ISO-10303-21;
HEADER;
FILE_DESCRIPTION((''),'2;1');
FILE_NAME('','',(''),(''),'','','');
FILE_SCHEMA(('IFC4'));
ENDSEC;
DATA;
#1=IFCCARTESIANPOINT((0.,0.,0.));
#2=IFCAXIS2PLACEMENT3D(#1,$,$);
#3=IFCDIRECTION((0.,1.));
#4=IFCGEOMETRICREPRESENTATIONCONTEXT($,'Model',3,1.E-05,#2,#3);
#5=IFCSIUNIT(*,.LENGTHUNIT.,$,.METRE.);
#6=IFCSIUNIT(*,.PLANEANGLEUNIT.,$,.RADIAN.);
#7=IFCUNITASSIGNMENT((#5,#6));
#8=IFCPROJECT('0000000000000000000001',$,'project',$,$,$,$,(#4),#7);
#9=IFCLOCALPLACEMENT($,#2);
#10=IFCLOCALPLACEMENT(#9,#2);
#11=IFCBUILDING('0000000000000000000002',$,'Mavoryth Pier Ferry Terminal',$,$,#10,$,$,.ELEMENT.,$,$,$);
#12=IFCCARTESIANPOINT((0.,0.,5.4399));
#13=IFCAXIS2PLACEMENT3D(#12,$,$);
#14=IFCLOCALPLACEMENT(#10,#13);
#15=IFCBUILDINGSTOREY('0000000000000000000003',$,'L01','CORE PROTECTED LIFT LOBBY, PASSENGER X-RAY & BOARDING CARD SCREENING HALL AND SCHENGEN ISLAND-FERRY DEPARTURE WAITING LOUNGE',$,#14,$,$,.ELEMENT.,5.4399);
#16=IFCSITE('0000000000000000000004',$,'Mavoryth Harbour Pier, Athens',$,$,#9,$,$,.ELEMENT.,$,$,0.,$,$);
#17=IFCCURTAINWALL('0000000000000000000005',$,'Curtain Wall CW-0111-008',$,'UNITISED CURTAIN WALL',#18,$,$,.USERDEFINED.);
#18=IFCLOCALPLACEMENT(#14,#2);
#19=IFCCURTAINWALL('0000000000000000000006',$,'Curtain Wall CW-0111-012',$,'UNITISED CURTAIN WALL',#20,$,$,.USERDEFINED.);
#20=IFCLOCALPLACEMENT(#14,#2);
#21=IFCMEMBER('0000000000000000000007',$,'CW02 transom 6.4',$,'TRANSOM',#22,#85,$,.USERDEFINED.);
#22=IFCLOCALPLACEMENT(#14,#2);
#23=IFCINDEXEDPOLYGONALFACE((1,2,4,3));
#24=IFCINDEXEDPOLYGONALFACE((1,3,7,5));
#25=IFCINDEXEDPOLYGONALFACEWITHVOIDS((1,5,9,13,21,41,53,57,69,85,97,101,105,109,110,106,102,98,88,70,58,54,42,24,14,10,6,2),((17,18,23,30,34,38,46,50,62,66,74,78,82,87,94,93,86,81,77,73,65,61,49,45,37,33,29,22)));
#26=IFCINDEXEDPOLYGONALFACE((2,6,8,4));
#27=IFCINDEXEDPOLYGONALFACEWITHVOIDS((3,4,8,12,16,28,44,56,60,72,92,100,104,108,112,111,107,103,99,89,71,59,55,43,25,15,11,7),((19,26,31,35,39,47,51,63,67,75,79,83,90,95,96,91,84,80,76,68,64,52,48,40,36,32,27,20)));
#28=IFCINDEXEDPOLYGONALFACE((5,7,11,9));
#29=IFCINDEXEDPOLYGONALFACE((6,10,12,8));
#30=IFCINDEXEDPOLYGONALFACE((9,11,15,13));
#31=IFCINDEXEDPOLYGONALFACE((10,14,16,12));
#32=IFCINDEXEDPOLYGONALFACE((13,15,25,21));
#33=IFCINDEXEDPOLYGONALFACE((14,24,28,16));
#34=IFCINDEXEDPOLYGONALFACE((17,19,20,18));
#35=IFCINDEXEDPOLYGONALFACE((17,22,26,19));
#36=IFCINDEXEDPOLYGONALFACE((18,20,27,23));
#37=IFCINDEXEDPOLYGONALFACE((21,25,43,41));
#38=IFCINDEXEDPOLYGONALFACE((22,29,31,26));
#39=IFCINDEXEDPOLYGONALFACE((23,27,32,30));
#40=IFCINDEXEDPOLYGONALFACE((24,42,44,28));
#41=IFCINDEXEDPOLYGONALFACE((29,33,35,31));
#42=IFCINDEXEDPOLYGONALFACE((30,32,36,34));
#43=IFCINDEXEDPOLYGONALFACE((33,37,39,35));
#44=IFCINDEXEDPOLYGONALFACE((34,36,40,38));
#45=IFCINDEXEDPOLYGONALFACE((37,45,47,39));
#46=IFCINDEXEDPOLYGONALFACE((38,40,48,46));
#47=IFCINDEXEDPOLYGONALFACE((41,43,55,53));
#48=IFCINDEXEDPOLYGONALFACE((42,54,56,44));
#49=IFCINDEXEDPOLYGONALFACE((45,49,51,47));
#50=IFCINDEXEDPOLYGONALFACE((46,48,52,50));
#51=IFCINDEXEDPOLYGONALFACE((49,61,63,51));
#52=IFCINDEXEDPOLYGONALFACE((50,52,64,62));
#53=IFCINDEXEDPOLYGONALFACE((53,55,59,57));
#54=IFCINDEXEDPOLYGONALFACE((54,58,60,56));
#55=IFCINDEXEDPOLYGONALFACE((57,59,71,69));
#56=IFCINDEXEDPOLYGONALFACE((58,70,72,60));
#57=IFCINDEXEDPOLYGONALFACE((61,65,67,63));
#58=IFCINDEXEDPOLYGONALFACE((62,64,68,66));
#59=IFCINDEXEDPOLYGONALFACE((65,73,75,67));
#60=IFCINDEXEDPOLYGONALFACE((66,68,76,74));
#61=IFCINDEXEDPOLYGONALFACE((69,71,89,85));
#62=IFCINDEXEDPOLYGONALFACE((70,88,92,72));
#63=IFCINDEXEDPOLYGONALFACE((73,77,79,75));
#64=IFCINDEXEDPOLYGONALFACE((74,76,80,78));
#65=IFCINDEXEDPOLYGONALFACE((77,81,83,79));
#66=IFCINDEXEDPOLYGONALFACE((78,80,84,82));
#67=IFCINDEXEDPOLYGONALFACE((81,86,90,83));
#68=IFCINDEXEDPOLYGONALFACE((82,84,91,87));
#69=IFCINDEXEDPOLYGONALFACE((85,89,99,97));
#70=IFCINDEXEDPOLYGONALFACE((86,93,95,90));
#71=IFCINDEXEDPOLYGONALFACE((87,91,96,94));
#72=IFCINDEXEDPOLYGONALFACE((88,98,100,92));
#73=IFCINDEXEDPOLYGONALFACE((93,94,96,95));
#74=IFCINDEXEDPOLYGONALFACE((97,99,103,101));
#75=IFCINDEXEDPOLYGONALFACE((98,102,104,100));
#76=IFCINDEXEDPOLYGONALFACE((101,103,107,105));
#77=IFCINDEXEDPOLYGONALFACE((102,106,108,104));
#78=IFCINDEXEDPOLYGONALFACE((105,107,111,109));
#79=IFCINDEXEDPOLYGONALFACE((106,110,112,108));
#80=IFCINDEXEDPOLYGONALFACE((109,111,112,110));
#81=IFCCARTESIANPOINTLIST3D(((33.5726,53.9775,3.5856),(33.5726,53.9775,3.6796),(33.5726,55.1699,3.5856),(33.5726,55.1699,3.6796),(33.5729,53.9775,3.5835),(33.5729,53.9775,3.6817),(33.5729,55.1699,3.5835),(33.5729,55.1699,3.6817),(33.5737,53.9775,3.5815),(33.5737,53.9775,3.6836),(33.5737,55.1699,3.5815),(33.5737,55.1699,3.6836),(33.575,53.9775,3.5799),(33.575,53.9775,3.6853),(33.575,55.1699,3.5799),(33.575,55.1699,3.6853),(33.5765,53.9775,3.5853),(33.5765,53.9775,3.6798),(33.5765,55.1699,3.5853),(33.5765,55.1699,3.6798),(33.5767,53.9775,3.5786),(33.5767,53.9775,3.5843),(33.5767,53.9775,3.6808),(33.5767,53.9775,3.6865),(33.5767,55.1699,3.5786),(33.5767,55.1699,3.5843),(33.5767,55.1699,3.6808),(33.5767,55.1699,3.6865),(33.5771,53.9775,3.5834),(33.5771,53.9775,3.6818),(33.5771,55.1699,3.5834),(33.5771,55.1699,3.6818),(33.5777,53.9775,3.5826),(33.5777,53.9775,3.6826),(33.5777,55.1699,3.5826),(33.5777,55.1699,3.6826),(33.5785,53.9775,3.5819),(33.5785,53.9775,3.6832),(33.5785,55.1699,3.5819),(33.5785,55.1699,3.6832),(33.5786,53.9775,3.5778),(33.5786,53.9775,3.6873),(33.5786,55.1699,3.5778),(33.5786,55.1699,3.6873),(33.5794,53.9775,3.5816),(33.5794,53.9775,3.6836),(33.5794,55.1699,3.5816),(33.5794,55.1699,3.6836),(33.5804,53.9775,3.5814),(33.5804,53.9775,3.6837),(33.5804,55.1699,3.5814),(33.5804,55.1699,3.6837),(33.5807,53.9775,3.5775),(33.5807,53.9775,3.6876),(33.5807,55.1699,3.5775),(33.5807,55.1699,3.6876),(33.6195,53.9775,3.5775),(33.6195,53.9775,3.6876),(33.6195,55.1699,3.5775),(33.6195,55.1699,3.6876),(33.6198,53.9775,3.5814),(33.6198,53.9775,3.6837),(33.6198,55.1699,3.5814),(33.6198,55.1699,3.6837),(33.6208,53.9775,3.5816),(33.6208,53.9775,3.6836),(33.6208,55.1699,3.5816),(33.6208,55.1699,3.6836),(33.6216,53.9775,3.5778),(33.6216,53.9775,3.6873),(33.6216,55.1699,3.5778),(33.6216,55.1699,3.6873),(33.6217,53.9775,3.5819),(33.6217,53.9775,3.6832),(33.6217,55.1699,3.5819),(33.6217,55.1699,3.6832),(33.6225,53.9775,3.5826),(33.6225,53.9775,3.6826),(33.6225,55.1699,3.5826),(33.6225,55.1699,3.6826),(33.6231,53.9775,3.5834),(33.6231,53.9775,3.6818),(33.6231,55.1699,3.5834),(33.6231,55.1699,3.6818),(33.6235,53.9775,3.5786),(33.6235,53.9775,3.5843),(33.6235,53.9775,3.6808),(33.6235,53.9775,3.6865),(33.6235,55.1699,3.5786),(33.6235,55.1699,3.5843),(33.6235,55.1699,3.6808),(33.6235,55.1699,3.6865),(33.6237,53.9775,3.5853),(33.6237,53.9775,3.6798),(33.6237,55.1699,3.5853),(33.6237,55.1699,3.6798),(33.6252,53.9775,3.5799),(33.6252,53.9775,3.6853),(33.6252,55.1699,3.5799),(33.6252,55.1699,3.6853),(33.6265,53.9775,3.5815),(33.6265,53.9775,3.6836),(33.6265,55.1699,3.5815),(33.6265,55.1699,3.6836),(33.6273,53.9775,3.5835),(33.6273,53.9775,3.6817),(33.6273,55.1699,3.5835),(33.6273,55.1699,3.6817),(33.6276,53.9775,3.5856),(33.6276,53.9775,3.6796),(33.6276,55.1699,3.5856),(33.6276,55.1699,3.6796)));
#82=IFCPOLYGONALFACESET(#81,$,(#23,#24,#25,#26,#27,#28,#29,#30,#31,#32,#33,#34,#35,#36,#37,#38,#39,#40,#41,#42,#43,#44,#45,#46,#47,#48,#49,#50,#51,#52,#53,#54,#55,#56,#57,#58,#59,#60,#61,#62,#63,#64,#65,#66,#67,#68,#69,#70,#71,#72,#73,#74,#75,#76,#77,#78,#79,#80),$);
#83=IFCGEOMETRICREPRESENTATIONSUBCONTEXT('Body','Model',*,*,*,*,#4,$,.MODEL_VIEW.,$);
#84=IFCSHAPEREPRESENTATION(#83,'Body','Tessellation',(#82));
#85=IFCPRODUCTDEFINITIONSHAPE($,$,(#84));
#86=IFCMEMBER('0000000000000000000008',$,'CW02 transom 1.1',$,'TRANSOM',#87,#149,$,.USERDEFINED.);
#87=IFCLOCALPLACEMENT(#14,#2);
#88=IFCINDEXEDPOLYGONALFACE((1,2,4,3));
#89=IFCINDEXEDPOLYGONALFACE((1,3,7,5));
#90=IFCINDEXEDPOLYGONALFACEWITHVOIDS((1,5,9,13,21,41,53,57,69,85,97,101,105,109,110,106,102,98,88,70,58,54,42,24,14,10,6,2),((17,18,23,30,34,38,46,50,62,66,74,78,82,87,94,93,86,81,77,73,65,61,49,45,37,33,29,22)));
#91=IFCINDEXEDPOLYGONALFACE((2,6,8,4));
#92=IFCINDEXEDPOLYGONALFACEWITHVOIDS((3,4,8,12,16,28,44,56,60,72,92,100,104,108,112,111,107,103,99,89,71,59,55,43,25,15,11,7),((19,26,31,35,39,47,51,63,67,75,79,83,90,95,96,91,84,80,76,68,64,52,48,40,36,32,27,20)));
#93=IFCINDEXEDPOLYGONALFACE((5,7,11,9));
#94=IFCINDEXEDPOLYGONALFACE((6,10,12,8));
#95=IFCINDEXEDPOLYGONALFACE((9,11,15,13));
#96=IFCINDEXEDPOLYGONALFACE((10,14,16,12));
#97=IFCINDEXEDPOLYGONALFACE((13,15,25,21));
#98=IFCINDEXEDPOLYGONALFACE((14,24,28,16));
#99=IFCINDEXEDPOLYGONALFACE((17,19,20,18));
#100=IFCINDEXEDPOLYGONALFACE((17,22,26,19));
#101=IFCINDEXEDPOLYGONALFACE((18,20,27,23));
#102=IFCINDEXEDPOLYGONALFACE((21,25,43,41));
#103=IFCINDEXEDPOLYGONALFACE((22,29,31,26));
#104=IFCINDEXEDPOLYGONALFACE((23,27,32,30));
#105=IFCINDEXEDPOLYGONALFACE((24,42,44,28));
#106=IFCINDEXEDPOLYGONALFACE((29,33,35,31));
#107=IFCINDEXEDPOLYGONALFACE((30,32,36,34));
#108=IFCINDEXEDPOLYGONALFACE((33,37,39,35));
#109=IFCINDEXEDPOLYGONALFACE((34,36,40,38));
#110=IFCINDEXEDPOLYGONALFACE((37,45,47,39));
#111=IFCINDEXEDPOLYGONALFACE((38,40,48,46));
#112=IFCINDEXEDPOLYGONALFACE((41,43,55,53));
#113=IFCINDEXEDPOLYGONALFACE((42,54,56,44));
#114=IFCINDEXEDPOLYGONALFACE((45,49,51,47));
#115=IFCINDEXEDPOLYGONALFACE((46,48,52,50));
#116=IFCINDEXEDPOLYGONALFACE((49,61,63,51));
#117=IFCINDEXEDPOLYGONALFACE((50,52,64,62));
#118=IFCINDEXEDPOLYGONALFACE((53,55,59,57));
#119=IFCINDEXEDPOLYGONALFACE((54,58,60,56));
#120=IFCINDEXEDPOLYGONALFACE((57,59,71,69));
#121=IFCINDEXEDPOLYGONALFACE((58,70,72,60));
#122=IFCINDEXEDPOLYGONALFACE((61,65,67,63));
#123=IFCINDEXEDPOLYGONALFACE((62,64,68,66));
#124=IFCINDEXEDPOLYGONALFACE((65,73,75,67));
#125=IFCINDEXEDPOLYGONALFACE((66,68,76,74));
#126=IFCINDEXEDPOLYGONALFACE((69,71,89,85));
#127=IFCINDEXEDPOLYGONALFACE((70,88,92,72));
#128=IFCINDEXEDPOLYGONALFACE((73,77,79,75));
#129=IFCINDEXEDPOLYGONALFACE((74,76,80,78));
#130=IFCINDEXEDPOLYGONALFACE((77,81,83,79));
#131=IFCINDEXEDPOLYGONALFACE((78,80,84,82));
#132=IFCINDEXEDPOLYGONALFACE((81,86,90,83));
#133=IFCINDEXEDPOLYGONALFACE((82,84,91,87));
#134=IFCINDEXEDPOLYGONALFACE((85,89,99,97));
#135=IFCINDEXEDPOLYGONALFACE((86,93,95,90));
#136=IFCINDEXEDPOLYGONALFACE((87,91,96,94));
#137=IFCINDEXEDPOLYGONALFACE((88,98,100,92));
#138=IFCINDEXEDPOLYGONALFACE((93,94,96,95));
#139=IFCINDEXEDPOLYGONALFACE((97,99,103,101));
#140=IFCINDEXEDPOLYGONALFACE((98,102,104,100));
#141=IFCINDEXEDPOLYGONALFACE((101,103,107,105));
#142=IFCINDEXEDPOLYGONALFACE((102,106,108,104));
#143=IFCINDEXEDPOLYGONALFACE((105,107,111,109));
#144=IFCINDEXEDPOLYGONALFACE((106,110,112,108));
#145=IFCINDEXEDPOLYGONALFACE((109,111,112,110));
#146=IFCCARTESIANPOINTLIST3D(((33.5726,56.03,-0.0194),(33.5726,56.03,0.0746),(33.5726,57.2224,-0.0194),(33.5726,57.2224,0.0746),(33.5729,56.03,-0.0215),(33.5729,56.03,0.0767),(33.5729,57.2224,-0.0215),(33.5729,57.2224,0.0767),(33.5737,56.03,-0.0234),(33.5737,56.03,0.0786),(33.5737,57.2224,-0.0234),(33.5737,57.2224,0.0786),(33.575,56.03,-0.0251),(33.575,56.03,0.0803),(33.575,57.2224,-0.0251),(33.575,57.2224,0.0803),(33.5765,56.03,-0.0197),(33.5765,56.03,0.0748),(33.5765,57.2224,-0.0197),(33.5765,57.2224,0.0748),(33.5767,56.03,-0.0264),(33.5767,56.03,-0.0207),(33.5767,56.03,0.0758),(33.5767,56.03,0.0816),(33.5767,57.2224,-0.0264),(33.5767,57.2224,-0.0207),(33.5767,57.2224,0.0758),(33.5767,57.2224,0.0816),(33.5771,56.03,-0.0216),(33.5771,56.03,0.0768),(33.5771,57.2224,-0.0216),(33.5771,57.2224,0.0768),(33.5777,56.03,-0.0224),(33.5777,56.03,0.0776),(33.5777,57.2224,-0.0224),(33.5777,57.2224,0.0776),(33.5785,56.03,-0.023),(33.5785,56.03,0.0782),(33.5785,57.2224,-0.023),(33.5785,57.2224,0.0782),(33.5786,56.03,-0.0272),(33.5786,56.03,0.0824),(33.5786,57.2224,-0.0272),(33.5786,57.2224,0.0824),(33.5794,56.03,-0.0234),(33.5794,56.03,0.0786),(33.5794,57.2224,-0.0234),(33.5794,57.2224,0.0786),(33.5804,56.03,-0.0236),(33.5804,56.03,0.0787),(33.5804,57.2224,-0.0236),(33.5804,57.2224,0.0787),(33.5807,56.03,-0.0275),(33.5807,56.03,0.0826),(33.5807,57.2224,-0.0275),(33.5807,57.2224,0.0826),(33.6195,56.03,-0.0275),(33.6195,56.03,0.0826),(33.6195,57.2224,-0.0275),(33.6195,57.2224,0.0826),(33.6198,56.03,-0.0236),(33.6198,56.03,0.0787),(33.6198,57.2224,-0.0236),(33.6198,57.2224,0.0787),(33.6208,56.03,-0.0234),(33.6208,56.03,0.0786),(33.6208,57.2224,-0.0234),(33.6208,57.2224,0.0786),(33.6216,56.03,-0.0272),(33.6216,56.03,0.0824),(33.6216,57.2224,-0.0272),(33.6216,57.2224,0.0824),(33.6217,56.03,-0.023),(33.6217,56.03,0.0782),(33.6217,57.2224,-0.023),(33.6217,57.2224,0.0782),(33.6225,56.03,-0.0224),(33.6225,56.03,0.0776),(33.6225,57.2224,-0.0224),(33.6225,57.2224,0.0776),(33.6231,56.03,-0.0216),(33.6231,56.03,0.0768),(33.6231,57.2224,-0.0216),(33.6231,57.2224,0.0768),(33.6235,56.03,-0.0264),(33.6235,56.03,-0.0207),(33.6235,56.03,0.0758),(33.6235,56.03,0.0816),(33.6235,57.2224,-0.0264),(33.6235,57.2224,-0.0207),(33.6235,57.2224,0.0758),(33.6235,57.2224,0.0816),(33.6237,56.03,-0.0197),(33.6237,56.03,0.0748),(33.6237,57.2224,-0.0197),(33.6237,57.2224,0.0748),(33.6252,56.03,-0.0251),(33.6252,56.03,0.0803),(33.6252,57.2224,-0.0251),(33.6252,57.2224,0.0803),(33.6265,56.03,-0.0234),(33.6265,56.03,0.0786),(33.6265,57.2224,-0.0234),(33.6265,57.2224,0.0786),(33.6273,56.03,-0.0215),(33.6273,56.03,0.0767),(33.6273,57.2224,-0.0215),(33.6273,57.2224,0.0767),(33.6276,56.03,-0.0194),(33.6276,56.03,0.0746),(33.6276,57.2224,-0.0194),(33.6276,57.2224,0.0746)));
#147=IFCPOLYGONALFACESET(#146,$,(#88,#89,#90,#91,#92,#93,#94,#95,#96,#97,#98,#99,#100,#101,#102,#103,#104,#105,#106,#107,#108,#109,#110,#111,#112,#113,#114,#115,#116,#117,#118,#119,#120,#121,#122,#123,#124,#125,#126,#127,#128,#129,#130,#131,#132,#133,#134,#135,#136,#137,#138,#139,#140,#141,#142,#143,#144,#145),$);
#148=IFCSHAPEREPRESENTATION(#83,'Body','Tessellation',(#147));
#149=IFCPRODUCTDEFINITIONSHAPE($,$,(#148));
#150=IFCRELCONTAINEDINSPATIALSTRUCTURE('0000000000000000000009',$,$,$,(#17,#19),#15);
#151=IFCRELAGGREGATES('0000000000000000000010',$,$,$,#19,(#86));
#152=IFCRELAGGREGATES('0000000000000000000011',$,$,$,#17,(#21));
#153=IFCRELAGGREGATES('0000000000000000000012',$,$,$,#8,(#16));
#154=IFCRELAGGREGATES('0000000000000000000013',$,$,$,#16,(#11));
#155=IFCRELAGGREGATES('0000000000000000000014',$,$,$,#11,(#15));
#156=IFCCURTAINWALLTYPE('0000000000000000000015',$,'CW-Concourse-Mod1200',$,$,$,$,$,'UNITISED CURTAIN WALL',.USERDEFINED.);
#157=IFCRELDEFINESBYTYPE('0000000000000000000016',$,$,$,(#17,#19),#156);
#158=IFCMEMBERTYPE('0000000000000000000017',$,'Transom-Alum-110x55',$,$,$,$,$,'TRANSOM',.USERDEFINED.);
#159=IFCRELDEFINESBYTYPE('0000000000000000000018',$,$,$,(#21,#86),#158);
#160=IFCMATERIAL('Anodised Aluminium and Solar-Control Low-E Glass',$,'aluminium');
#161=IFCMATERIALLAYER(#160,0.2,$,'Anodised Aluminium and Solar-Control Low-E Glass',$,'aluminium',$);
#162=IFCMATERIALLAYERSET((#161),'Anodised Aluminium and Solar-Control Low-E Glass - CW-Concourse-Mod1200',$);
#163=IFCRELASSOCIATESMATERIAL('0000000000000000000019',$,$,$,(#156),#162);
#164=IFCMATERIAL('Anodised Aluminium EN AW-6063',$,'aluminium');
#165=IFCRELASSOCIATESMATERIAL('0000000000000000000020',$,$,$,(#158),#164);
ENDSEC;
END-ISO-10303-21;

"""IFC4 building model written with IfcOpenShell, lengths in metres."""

from ifc_helpers import new_model, si_unit, direction, frame, origin, origin_2d, place, context, subcontext, project, spatial, hollow_rectangle, extrude, material, layer, layer_set, material_profile, profile_set, type_object, element, aggregate, save


model = new_model("IFC4")

# Units and contexts
model_context = context("Model", 3, precision=1e-05, world=origin(), true_north=direction((0.0, 1.0)))
body_context = subcontext(model_context, "Body", "Model", "MODEL_VIEW")
ifc_project = project(units=[si_unit("LENGTHUNIT", "METRE"), si_unit("PLANEANGLEUNIT", "RADIAN")], contexts=[model_context])

# Site, building, storey
site_placement = place(None, origin())
site = spatial("IfcSite", under=ifc_project, at=site_placement, Name="Mavoryth Harbour Pier, Athens", CompositionType="ELEMENT", RefElevation=0.0)
building_placement = place(site_placement, origin())
building = spatial("IfcBuilding", under=site, at=building_placement, Name="Mavoryth Pier Ferry Terminal", CompositionType="ELEMENT")
storey_placement = place(building_placement, frame((0.0, 0.0, 5.4399)))
storey = spatial("IfcBuildingStorey", under=building, at=storey_placement, Name="L01", Description="CORE PROTECTED LIFT LOBBY, PASSENGER X-RAY & BOARDING CARD SCREENING HALL AND SCHENGEN ISLAND-FERRY DEPARTURE WAITING LOUNGE", CompositionType="ELEMENT", Elevation=5.4399)

# Curtain wall
ifc_material_1 = material(Name="Anodised Aluminium and Solar-Control Low-E Glass", Category="aluminium")
ifc_layer_1 = layer(ifc_material_1, 0.2, Name="Anodised Aluminium and Solar-Control Low-E Glass", Category="aluminium")
ifc_layer_set_1 = layer_set([ifc_layer_1], Name="Anodised Aluminium and Solar-Control Low-E Glass - CW-Concourse-Mod1200")
curtain_wall_type = type_object("IfcCurtainWallType", Name="CW-Concourse-Mod1200", ElementType="UNITISED CURTAIN WALL", PredefinedType="USERDEFINED", material=ifc_layer_set_1)
curtain_wall_1_placement = place(storey_placement, origin())
curtain_wall_1 = element("IfcCurtainWall", 1, at=curtain_wall_1_placement, inside=storey, type_object=curtain_wall_type, Name="Curtain Wall CW-0111-008", ObjectType="UNITISED CURTAIN WALL", PredefinedType="USERDEFINED")
ifc_material_2 = material(Name="Anodised Aluminium EN AW-6063", Category="aluminium")

# Curtain wall
curtain_wall_2_placement = place(storey_placement, origin())
curtain_wall_2 = element("IfcCurtainWall", 2, at=curtain_wall_2_placement, inside=storey, type_object=curtain_wall_type, Name="Curtain Wall CW-0111-012", ObjectType="UNITISED CURTAIN WALL", PredefinedType="USERDEFINED")

# Members
ifc_material_profile_1 = material_profile(ifc_material_2, hollow_rectangle(XDim=0.0549, YDim=0.1101, WallThickness=0.0039, InnerFilletRadius=0.0039, OuterFilletRadius=0.0081, at=origin_2d()), Name="AL-TRAN 110x55x4", Category="aluminium")
ifc_profile_set_1 = profile_set([ifc_material_profile_1], Name="Anodised Aluminium EN AW-6063 - AL-TRAN 110x55x4")
member_type_1 = type_object("IfcMemberType", Name="Transom-Alum-110x55", ElementType="TRANSOM", PredefinedType="USERDEFINED", material=ifc_profile_set_1)
member_1_placement = place(storey_placement, frame((33.6001, 53.9775, 3.6326), z_axis=(0.0, 1.0, 0.0), x_axis=(-1.0, 0.0, 0.0)))
member_1 = element("IfcMember", 3, at=member_1_placement, type_object=member_type_1, Name="CW02 transom 6.4", ObjectType="TRANSOM", PredefinedType="USERDEFINED", context=body_context, shape_type="SweptSolid", body=[
    extrude(hollow_rectangle(XDim=0.0549, YDim=0.1101, WallThickness=0.0039, InnerFilletRadius=0.0039, OuterFilletRadius=0.0081, at=origin_2d()), origin(), (0.0, 0.0, 1.0), 1.1924),
])
member_2_placement = place(storey_placement, frame((33.6001, 56.03, 0.0276), z_axis=(0.0, 1.0, 0.0), x_axis=(-1.0, 0.0, 0.0)))
member_2 = element("IfcMember", 4, at=member_2_placement, type_object=member_type_1, Name="CW02 transom 1.1", ObjectType="TRANSOM", PredefinedType="USERDEFINED", context=body_context, shape_type="SweptSolid", body=[
    extrude(hollow_rectangle(XDim=0.0549, YDim=0.1101, WallThickness=0.0039, InnerFilletRadius=0.0039, OuterFilletRadius=0.0081, at=origin_2d()), origin(), (0.0, 0.0, 1.0), 1.1924),
])
aggregate(curtain_wall_2, [member_2])

aggregate(curtain_wall_1, [member_1])

save(model, "model.ifc")
